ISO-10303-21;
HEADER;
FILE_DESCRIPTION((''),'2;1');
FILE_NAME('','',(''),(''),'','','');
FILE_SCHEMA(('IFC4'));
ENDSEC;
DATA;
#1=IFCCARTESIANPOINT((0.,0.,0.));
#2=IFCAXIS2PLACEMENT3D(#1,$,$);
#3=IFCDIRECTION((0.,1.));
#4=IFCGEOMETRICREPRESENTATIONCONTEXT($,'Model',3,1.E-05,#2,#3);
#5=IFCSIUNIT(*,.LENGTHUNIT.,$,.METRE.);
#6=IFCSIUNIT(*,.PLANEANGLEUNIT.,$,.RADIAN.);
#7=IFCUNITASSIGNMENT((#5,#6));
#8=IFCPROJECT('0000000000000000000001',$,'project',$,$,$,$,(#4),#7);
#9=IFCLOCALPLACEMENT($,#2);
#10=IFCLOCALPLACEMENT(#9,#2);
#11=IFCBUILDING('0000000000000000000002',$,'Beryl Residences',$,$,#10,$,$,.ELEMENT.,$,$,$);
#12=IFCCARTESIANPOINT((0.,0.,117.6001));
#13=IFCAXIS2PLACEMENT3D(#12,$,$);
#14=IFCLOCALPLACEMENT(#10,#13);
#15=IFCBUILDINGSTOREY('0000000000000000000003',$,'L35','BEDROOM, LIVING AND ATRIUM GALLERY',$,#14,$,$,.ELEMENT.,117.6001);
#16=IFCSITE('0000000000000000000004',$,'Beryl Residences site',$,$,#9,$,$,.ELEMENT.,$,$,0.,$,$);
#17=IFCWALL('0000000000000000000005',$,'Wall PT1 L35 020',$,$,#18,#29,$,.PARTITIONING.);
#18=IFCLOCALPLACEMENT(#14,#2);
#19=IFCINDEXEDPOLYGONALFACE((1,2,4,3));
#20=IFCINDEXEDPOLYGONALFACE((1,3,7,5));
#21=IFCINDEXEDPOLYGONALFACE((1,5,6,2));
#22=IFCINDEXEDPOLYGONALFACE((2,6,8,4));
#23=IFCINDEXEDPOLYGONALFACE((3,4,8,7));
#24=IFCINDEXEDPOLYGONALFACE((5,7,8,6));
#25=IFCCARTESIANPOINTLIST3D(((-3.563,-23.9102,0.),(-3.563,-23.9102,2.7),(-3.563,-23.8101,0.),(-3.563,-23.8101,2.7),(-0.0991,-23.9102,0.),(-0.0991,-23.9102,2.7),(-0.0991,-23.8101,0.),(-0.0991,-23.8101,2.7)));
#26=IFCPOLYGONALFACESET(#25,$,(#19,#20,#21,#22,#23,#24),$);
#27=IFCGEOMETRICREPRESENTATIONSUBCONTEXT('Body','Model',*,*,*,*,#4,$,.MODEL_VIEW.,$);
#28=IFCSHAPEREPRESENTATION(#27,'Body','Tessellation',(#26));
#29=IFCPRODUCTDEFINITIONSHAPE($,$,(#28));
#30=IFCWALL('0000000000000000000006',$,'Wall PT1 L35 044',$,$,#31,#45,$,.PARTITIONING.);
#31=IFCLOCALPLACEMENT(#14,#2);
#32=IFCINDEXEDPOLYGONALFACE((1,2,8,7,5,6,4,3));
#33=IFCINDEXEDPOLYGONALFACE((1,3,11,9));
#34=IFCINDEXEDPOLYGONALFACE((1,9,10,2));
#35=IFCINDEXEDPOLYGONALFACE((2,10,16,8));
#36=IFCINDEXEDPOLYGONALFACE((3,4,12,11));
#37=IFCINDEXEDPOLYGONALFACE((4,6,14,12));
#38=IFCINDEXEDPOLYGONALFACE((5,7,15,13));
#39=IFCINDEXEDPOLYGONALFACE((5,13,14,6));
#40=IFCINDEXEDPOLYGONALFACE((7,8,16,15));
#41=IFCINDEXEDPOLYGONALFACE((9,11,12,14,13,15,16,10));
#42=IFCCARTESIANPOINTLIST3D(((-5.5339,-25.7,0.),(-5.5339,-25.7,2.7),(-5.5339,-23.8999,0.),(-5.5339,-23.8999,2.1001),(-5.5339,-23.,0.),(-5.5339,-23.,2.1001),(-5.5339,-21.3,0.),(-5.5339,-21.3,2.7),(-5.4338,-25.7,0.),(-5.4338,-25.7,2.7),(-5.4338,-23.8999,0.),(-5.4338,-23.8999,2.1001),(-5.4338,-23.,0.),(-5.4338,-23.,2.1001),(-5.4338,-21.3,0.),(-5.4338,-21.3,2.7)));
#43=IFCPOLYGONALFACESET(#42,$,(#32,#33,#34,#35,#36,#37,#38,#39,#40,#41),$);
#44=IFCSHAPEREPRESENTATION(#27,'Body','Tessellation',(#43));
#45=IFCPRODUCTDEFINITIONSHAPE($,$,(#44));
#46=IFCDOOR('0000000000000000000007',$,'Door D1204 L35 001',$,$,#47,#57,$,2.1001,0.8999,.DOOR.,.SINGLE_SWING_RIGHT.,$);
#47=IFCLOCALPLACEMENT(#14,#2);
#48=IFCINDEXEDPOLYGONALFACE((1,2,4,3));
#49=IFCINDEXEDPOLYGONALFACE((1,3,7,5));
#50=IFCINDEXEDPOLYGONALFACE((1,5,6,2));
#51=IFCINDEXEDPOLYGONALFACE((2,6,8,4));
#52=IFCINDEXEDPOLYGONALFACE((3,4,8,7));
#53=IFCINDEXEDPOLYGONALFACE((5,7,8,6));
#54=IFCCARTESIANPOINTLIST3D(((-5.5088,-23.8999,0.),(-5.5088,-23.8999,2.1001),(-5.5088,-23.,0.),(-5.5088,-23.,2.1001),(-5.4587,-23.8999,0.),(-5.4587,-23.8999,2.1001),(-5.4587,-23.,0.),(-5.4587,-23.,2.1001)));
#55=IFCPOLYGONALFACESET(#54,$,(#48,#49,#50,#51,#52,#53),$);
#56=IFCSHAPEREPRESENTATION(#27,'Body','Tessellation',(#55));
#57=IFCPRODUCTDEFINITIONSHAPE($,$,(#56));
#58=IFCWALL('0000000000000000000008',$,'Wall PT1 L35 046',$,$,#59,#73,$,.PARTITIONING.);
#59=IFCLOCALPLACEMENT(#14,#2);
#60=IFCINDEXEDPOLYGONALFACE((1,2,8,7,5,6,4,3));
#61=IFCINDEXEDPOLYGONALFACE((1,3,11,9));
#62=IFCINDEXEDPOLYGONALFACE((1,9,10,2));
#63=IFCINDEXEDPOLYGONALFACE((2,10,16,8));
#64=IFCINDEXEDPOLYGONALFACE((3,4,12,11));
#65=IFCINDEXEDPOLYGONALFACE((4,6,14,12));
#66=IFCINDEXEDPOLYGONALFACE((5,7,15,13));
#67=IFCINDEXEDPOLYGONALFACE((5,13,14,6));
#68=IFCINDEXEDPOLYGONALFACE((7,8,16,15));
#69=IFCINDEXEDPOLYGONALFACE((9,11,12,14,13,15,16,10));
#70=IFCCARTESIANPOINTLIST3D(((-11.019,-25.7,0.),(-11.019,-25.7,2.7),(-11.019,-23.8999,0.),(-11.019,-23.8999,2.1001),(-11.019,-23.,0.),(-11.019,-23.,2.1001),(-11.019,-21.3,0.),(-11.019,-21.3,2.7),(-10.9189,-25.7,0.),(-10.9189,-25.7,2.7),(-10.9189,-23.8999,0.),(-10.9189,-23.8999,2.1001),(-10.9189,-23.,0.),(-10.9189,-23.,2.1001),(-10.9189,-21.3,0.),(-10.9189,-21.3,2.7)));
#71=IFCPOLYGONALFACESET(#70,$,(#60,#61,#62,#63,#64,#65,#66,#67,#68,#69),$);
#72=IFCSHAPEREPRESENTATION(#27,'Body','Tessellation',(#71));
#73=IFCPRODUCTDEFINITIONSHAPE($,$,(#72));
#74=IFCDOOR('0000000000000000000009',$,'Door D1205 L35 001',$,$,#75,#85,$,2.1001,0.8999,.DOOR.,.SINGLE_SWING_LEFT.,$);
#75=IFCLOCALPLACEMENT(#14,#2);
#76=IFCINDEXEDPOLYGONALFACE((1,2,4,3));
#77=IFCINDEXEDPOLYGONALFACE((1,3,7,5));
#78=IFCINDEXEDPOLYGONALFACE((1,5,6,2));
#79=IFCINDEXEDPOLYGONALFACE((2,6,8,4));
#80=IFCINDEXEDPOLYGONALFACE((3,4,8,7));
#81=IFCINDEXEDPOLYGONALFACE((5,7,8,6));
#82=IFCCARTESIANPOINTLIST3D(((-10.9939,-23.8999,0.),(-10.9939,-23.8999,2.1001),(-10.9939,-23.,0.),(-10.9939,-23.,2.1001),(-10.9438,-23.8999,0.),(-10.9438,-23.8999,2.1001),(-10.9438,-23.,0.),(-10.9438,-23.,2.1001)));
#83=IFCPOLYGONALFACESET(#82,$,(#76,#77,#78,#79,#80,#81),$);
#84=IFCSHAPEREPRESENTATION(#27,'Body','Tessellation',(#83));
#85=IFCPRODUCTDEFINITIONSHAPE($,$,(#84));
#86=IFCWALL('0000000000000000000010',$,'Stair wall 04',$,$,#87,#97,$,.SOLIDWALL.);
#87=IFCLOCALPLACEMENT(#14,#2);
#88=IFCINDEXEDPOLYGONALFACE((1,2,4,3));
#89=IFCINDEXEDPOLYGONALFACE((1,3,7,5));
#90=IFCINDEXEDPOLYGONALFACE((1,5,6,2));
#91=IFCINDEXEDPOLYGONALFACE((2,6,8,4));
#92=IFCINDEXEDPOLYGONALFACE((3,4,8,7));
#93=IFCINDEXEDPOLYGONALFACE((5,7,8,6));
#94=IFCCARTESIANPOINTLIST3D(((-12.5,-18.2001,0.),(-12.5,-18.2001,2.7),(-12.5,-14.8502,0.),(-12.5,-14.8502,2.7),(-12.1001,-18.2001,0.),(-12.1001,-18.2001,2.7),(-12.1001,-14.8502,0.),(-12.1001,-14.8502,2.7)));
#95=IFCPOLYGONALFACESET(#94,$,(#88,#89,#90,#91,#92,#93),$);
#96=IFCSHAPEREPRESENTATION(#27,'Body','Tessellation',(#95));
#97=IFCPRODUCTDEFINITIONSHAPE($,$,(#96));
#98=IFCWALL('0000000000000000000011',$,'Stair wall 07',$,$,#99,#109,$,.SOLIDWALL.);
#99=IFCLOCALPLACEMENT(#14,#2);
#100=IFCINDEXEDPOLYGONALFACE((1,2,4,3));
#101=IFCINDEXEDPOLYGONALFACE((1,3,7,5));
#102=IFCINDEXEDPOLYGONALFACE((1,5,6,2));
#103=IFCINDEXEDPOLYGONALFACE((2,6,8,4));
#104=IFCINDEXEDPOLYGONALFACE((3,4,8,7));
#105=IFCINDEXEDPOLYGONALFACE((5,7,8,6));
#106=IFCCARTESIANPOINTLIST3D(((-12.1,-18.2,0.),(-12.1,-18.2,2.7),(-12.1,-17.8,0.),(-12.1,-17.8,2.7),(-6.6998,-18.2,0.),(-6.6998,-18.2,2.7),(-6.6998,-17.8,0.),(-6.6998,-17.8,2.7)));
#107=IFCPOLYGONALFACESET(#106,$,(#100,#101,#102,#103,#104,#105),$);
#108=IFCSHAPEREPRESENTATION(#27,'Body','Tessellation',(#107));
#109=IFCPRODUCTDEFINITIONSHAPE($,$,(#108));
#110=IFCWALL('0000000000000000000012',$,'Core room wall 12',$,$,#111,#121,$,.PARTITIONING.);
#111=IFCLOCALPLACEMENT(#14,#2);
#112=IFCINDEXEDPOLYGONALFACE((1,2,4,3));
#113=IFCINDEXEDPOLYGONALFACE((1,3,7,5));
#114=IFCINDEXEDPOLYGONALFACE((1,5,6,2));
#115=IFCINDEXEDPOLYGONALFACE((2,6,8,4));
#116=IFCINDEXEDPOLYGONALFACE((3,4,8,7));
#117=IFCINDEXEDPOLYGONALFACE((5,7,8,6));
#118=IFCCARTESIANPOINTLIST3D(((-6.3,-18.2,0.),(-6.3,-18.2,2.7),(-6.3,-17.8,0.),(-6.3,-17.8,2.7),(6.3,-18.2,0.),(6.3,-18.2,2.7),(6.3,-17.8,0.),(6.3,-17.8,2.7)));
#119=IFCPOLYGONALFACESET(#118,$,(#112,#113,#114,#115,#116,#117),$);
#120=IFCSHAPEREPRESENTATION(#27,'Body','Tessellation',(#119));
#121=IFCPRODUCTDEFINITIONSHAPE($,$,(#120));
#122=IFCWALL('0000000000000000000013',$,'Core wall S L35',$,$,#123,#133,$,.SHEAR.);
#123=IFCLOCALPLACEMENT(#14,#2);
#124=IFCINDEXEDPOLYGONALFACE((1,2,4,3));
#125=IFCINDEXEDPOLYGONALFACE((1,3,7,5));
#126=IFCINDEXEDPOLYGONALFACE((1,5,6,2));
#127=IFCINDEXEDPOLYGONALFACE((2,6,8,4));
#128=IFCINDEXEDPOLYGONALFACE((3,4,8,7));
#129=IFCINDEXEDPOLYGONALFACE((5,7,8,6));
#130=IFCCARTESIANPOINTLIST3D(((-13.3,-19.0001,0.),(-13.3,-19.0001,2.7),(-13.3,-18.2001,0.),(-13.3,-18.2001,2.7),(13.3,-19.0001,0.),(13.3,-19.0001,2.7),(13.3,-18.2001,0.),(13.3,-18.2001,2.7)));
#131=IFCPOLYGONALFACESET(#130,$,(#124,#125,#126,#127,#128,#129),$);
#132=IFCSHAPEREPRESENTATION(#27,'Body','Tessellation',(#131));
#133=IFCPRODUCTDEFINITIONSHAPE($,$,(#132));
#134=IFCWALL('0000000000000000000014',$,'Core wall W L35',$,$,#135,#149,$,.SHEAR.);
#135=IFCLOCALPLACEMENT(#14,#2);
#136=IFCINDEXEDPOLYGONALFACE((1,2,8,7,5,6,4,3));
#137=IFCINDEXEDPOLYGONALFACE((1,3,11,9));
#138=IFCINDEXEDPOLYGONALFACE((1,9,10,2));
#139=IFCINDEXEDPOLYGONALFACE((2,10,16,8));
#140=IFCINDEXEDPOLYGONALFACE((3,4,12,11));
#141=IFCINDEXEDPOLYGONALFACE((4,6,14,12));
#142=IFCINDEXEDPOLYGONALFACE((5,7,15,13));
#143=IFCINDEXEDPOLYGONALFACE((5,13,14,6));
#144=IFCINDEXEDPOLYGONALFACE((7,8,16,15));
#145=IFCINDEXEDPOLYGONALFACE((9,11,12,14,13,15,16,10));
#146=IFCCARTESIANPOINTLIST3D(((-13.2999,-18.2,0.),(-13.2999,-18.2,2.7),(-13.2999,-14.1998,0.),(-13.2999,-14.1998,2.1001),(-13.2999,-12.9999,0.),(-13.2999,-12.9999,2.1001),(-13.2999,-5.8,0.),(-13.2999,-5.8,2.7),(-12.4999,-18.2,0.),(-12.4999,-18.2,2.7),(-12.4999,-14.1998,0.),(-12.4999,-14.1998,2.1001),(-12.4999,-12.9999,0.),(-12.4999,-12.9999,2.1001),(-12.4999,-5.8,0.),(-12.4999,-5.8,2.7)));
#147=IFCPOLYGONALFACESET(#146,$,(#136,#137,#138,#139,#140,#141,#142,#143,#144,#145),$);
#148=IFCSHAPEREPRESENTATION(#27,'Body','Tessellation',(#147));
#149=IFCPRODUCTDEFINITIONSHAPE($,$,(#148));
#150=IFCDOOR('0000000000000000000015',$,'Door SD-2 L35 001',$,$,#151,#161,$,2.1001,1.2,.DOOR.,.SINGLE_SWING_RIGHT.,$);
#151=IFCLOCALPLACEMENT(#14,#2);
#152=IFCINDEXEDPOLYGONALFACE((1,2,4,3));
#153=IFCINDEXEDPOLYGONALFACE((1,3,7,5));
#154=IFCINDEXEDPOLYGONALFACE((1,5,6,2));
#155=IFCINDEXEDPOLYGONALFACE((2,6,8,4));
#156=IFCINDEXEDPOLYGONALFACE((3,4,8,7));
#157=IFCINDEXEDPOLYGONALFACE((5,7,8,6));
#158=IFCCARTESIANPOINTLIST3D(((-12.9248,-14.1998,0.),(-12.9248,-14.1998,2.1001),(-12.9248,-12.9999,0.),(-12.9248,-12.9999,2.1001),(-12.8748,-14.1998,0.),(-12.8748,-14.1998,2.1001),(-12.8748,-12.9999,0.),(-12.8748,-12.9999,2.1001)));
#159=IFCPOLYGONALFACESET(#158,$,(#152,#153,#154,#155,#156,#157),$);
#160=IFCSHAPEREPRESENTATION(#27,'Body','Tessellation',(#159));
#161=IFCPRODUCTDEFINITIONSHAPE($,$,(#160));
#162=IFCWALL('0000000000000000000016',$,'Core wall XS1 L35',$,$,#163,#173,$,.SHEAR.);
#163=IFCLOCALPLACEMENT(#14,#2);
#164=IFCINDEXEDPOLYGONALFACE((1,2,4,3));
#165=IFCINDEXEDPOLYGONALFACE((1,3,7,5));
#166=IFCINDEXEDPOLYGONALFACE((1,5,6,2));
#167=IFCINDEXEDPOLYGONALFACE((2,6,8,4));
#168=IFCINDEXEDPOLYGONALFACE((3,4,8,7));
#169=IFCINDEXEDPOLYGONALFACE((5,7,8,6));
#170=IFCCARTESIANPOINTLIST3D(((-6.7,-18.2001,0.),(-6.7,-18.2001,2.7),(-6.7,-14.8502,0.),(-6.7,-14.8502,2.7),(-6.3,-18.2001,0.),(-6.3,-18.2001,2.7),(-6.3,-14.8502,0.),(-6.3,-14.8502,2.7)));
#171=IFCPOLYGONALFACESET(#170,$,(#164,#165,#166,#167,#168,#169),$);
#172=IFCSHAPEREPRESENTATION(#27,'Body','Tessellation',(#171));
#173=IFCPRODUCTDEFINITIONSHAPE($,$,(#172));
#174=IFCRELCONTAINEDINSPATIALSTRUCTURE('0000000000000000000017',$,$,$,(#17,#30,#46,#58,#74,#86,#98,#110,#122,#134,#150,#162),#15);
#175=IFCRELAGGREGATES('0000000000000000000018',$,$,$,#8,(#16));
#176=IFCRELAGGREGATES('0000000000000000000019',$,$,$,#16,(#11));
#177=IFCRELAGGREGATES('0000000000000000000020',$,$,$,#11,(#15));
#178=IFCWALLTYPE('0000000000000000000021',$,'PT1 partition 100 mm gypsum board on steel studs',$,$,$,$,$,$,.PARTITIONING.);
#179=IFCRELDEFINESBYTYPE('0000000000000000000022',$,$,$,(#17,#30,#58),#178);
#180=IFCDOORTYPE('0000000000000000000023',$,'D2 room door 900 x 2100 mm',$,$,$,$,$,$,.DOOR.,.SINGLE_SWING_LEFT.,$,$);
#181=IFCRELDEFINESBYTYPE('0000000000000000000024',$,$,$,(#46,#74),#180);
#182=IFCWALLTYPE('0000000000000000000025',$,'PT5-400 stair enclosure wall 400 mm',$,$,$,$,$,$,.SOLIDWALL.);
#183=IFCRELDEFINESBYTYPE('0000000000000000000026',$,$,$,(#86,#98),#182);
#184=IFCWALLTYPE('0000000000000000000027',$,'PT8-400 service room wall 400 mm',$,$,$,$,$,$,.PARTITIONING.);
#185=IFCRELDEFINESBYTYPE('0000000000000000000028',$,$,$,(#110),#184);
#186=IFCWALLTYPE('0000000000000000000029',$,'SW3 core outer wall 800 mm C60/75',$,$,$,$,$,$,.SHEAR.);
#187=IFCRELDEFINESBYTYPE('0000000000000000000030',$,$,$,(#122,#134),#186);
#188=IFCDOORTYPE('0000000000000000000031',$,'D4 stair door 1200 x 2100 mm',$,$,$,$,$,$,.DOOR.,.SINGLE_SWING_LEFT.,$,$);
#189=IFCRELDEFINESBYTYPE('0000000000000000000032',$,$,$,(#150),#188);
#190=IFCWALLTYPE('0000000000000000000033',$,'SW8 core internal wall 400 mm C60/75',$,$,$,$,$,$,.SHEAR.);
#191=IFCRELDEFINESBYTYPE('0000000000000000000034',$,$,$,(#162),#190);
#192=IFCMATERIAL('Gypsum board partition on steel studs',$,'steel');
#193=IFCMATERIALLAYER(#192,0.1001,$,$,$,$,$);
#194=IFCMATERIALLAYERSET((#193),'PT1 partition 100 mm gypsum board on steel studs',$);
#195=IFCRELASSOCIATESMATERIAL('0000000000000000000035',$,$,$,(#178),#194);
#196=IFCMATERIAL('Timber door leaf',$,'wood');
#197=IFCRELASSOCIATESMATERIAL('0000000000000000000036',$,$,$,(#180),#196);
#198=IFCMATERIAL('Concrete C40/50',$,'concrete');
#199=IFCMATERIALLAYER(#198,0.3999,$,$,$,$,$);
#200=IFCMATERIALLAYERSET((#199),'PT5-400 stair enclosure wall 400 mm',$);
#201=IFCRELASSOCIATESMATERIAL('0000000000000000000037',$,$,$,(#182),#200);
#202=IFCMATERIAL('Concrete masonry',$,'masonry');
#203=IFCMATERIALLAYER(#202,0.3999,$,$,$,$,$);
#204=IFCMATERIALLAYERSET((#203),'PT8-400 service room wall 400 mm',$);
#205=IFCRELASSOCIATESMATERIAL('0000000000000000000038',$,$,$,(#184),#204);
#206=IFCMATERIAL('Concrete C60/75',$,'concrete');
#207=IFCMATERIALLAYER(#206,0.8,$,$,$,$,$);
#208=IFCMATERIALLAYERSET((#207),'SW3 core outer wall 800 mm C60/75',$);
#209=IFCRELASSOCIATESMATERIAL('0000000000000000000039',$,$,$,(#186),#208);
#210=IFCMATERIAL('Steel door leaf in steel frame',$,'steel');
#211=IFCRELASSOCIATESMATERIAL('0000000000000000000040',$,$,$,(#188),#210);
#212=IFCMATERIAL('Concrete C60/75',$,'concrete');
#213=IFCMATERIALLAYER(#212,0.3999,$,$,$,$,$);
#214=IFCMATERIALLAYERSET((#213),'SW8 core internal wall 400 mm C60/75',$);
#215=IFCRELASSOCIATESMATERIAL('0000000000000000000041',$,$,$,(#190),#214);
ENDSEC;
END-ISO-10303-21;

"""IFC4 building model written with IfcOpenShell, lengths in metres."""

from ifc_helpers import new_model, si_unit, direction, frame, frame_2d, origin, place, context, subcontext, project, spatial, rectangle, extrude, material, layer, layer_set, type_object, element, fill, save


model = new_model("IFC4")

# Units and contexts
model_context = context("Model", 3, precision=1e-05, world=origin(), true_north=direction((0.0, 1.0)))
body_context = subcontext(model_context, "Body", "Model", "MODEL_VIEW")
ifc_project = project(units=[si_unit("LENGTHUNIT", "METRE"), si_unit("PLANEANGLEUNIT", "RADIAN")], contexts=[model_context])

# Site, building, storey
site_placement = place(None, origin())
site = spatial("IfcSite", under=ifc_project, at=site_placement, Name="Beryl Residences site", CompositionType="ELEMENT", RefElevation=0.0)
building_placement = place(site_placement, origin())
building = spatial("IfcBuilding", under=site, at=building_placement, Name="Beryl Residences", CompositionType="ELEMENT")
storey_placement = place(building_placement, frame((0.0, 0.0, 117.6001)))
storey = spatial("IfcBuildingStorey", under=building, at=storey_placement, Name="L35", Description="BEDROOM, LIVING AND ATRIUM GALLERY", CompositionType="ELEMENT", Elevation=117.6001)

# Shared definitions
ifc_material_1 = material(Name="Gypsum board partition on steel studs", Category="steel")
ifc_layer_1 = layer(ifc_material_1, 0.1001)
ifc_layer_set_1 = layer_set([ifc_layer_1], Name="PT1 partition 100 mm gypsum board on steel studs")
wall_type_1 = type_object("IfcWallType", Name="PT1 partition 100 mm gypsum board on steel studs", PredefinedType="PARTITIONING", material=ifc_layer_set_1)
ifc_material_2 = material(Name="Timber door leaf", Category="wood")
door_type_1 = type_object("IfcDoorType", Name="D2 room door 900 x 2100 mm", OperationType="SINGLE_SWING_LEFT", PredefinedType="DOOR", material=ifc_material_2)

# Wall
wall_1_placement = place(storey_placement, frame((-3.563, -23.8601, 0.0), z_axis=(0.0, 0.0, 1.0), x_axis=(1.0, 0.0, 0.0)))
element("IfcWall", 1, at=wall_1_placement, inside=storey, type_object=wall_type_1, Name="Wall PT1 L35 020", PredefinedType="PARTITIONING", context=body_context, shape_type="SweptSolid", body=[
    extrude(rectangle(XDim=3.4639, YDim=0.1001, at=frame_2d((1.7319, 0.0))), origin(), (0.0, 0.0, 1.0), 2.7),
])

# Walls, openings, doors
wall_2_placement = place(storey_placement, frame((-5.4839, -25.7, 0.0), z_axis=(0.0, 0.0, 1.0), x_axis=(0.0, 1.0, 0.0)))
wall_2 = element("IfcWall", 2, at=wall_2_placement, inside=storey, type_object=wall_type_1, Name="Wall PT1 L35 044", PredefinedType="PARTITIONING", context=body_context, shape_type="SweptSolid", body=[
    extrude(rectangle(XDim=4.3999, YDim=0.1001, at=frame_2d((2.2, 0.0))), origin(), (0.0, 0.0, 1.0), 2.7),
])
opening_1_placement = place(wall_2_placement, frame((1.8, 0.0, 0.0)))
opening_1 = element("IfcOpeningElement", 3, at=opening_1_placement, cuts=wall_2, PredefinedType="OPENING", context=body_context, shape_type="SweptSolid", body=[
    extrude(rectangle(XDim=0.8999, YDim=2.1001, at=frame_2d((0.45, 1.05))), frame((0.0, 0.0601, 0.0), z_axis=(0.0, -1.0, 0.0), x_axis=(1.0, 0.0, 0.0)), (0.0, 0.0, 1.0), 0.1201),
])
door_1_placement = place(opening_1_placement, origin())
door_1 = element("IfcDoor", 4, at=door_1_placement, inside=storey, type_object=door_type_1, Name="Door D1204 L35 001", OperationType="SINGLE_SWING_RIGHT", OverallHeight=2.1001, OverallWidth=0.8999, PredefinedType="DOOR", context=body_context, shape_type="SweptSolid", body=[
    extrude(rectangle(XDim=0.8999, YDim=2.1001, at=frame_2d((0.45, 1.05))), frame((0.0, 0.0249, 0.0), z_axis=(0.0, -1.0, 0.0), x_axis=(1.0, 0.0, 0.0)), (0.0, 0.0, 1.0), 0.05),
])
fill(opening_1, door_1)
wall_3_placement = place(storey_placement, frame((-10.969, -25.7, 0.0), z_axis=(0.0, 0.0, 1.0), x_axis=(0.0, 1.0, 0.0)))
wall_3 = element("IfcWall", 5, at=wall_3_placement, inside=storey, type_object=wall_type_1, Name="Wall PT1 L35 046", PredefinedType="PARTITIONING", context=body_context, shape_type="SweptSolid", body=[
    extrude(rectangle(XDim=4.3999, YDim=0.1001, at=frame_2d((2.2, 0.0))), origin(), (0.0, 0.0, 1.0), 2.7),
])
opening_2_placement = place(wall_3_placement, frame((1.8, 0.0, 0.0)))
opening_2 = element("IfcOpeningElement", 6, at=opening_2_placement, cuts=wall_3, PredefinedType="OPENING", context=body_context, shape_type="SweptSolid", body=[
    extrude(rectangle(XDim=0.8999, YDim=2.1001, at=frame_2d((0.45, 1.05))), frame((0.0, 0.0601, 0.0), z_axis=(0.0, -1.0, 0.0), x_axis=(1.0, 0.0, 0.0)), (0.0, 0.0, 1.0), 0.1201),
])
door_2_placement = place(opening_2_placement, origin())
door_2 = element("IfcDoor", 7, at=door_2_placement, inside=storey, type_object=door_type_1, Name="Door D1205 L35 001", OperationType="SINGLE_SWING_LEFT", OverallHeight=2.1001, OverallWidth=0.8999, PredefinedType="DOOR", context=body_context, shape_type="SweptSolid", body=[
    extrude(rectangle(XDim=0.8999, YDim=2.1001, at=frame_2d((0.45, 1.05))), frame((0.0, 0.0249, 0.0), z_axis=(0.0, -1.0, 0.0), x_axis=(1.0, 0.0, 0.0)), (0.0, 0.0, 1.0), 0.05),
])
fill(opening_2, door_2)

# Walls
ifc_material_3 = material(Name="Concrete C40/50", Category="concrete")
ifc_layer_2 = layer(ifc_material_3, 0.3999)
ifc_layer_set_2 = layer_set([ifc_layer_2], Name="PT5-400 stair enclosure wall 400 mm")
wall_type_2 = type_object("IfcWallType", Name="PT5-400 stair enclosure wall 400 mm", PredefinedType="SOLIDWALL", material=ifc_layer_set_2)
wall_4_placement = place(storey_placement, frame((-12.3, -18.2, 0.0), z_axis=(0.0, 0.0, 1.0), x_axis=(0.0, 1.0, 0.0)))
element("IfcWall", 8, at=wall_4_placement, inside=storey, type_object=wall_type_2, Name="Stair wall 04", PredefinedType="SOLIDWALL", context=body_context, shape_type="SweptSolid", body=[
    extrude(rectangle(XDim=3.3499, YDim=0.3999, at=frame_2d((1.6748, 0.0))), origin(), (0.0, 0.0, 1.0), 2.7),
])
wall_5_placement = place(storey_placement, frame((-12.1001, -18.0, 0.0), z_axis=(0.0, 0.0, 1.0), x_axis=(1.0, 0.0, 0.0)))
element("IfcWall", 9, at=wall_5_placement, inside=storey, type_object=wall_type_2, Name="Stair wall 07", PredefinedType="SOLIDWALL", context=body_context, shape_type="SweptSolid", body=[
    extrude(rectangle(XDim=5.4001, YDim=0.3999, at=frame_2d((2.7002, 0.0))), origin(), (0.0, 0.0, 1.0), 2.7),
])
ifc_material_4 = material(Name="Concrete masonry", Category="masonry")
ifc_layer_3 = layer(ifc_material_4, 0.3999)
ifc_layer_set_3 = layer_set([ifc_layer_3], Name="PT8-400 service room wall 400 mm")
wall_type_3 = type_object("IfcWallType", Name="PT8-400 service room wall 400 mm", PredefinedType="PARTITIONING", material=ifc_layer_set_3)
wall_6_placement = place(storey_placement, frame((-6.3, -18.0, 0.0), z_axis=(0.0, 0.0, 1.0), x_axis=(1.0, 0.0, 0.0)))
element("IfcWall", 10, at=wall_6_placement, inside=storey, type_object=wall_type_3, Name="Core room wall 12", PredefinedType="PARTITIONING", context=body_context, shape_type="SweptSolid", body=[
    extrude(rectangle(XDim=12.6001, YDim=0.3999, at=frame_2d((6.3, 0.0))), origin(), (0.0, 0.0, 1.0), 2.7),
])
ifc_material_5 = material(Name="Concrete C60/75", Category="concrete")
ifc_layer_4 = layer(ifc_material_5, 0.8)
ifc_layer_set_4 = layer_set([ifc_layer_4], Name="SW3 core outer wall 800 mm C60/75")
wall_type_4 = type_object("IfcWallType", Name="SW3 core outer wall 800 mm C60/75", PredefinedType="SHEAR", material=ifc_layer_set_4)
wall_7_placement = place(storey_placement, frame((-13.3, -18.6001, 0.0), z_axis=(0.0, 0.0, 1.0), x_axis=(1.0, 0.0, 0.0)))
element("IfcWall", 11, at=wall_7_placement, inside=storey, type_object=wall_type_4, Name="Core wall S L35", PredefinedType="SHEAR", context=body_context, shape_type="SweptSolid", body=[
    extrude(rectangle(XDim=26.6001, YDim=0.8, at=frame_2d((13.3, 0.0))), origin(), (0.0, 0.0, 1.0), 2.7),
])

# Wall, opening, door
wall_8_placement = place(storey_placement, frame((-12.8999, -18.2, 0.0), z_axis=(0.0, 0.0, 1.0), x_axis=(0.0, 1.0, 0.0)))
wall_8 = element("IfcWall", 12, at=wall_8_placement, inside=storey, type_object=wall_type_4, Name="Core wall W L35", PredefinedType="SHEAR", context=body_context, shape_type="SweptSolid", body=[
    extrude(rectangle(XDim=12.3999, YDim=0.8, at=frame_2d((6.2, 0.0))), origin(), (0.0, 0.0, 1.0), 2.7),
])
opening_3_placement = place(wall_8_placement, frame((4.0, 0.0, 0.0)))
opening_3 = element("IfcOpeningElement", 13, at=opening_3_placement, cuts=wall_8, PredefinedType="OPENING", context=body_context, shape_type="SweptSolid", body=[
    extrude(rectangle(XDim=1.2, YDim=2.1001, at=frame_2d((0.6001, 1.05))), frame((0.0, 0.4099, 0.0), z_axis=(0.0, -1.0, 0.0), x_axis=(1.0, 0.0, 0.0)), (0.0, 0.0, 1.0), 0.8201),
])
ifc_material_6 = material(Name="Steel door leaf in steel frame", Category="steel")
door_type_2 = type_object("IfcDoorType", Name="D4 stair door 1200 x 2100 mm", OperationType="SINGLE_SWING_LEFT", PredefinedType="DOOR", material=ifc_material_6)
door_3_placement = place(opening_3_placement, origin())
door_3 = element("IfcDoor", 14, at=door_3_placement, inside=storey, type_object=door_type_2, Name="Door SD-2 L35 001", OperationType="SINGLE_SWING_RIGHT", OverallHeight=2.1001, OverallWidth=1.2, PredefinedType="DOOR", context=body_context, shape_type="SweptSolid", body=[
    extrude(rectangle(XDim=1.2, YDim=2.1001, at=frame_2d((0.6001, 1.05))), frame((0.0, 0.0249, 0.0), z_axis=(0.0, -1.0, 0.0), x_axis=(1.0, 0.0, 0.0)), (0.0, 0.0, 1.0), 0.05),
])
fill(opening_3, door_3)

# Wall
ifc_material_7 = material(Name="Concrete C60/75", Category="concrete")
ifc_layer_5 = layer(ifc_material_7, 0.3999)
ifc_layer_set_5 = layer_set([ifc_layer_5], Name="SW8 core internal wall 400 mm C60/75")
wall_type_5 = type_object("IfcWallType", Name="SW8 core internal wall 400 mm C60/75", PredefinedType="SHEAR", material=ifc_layer_set_5)
wall_9_placement = place(storey_placement, frame((-6.5, -18.2, 0.0), z_axis=(0.0, 0.0, 1.0), x_axis=(0.0, 1.0, 0.0)))
element("IfcWall", 15, at=wall_9_placement, inside=storey, type_object=wall_type_5, Name="Core wall XS1 L35", PredefinedType="SHEAR", context=body_context, shape_type="SweptSolid", body=[
    extrude(rectangle(XDim=3.3499, YDim=0.3999, at=frame_2d((1.6748, 0.0))), origin(), (0.0, 0.0, 1.0), 2.7),
])

save(model, "model.ifc")
